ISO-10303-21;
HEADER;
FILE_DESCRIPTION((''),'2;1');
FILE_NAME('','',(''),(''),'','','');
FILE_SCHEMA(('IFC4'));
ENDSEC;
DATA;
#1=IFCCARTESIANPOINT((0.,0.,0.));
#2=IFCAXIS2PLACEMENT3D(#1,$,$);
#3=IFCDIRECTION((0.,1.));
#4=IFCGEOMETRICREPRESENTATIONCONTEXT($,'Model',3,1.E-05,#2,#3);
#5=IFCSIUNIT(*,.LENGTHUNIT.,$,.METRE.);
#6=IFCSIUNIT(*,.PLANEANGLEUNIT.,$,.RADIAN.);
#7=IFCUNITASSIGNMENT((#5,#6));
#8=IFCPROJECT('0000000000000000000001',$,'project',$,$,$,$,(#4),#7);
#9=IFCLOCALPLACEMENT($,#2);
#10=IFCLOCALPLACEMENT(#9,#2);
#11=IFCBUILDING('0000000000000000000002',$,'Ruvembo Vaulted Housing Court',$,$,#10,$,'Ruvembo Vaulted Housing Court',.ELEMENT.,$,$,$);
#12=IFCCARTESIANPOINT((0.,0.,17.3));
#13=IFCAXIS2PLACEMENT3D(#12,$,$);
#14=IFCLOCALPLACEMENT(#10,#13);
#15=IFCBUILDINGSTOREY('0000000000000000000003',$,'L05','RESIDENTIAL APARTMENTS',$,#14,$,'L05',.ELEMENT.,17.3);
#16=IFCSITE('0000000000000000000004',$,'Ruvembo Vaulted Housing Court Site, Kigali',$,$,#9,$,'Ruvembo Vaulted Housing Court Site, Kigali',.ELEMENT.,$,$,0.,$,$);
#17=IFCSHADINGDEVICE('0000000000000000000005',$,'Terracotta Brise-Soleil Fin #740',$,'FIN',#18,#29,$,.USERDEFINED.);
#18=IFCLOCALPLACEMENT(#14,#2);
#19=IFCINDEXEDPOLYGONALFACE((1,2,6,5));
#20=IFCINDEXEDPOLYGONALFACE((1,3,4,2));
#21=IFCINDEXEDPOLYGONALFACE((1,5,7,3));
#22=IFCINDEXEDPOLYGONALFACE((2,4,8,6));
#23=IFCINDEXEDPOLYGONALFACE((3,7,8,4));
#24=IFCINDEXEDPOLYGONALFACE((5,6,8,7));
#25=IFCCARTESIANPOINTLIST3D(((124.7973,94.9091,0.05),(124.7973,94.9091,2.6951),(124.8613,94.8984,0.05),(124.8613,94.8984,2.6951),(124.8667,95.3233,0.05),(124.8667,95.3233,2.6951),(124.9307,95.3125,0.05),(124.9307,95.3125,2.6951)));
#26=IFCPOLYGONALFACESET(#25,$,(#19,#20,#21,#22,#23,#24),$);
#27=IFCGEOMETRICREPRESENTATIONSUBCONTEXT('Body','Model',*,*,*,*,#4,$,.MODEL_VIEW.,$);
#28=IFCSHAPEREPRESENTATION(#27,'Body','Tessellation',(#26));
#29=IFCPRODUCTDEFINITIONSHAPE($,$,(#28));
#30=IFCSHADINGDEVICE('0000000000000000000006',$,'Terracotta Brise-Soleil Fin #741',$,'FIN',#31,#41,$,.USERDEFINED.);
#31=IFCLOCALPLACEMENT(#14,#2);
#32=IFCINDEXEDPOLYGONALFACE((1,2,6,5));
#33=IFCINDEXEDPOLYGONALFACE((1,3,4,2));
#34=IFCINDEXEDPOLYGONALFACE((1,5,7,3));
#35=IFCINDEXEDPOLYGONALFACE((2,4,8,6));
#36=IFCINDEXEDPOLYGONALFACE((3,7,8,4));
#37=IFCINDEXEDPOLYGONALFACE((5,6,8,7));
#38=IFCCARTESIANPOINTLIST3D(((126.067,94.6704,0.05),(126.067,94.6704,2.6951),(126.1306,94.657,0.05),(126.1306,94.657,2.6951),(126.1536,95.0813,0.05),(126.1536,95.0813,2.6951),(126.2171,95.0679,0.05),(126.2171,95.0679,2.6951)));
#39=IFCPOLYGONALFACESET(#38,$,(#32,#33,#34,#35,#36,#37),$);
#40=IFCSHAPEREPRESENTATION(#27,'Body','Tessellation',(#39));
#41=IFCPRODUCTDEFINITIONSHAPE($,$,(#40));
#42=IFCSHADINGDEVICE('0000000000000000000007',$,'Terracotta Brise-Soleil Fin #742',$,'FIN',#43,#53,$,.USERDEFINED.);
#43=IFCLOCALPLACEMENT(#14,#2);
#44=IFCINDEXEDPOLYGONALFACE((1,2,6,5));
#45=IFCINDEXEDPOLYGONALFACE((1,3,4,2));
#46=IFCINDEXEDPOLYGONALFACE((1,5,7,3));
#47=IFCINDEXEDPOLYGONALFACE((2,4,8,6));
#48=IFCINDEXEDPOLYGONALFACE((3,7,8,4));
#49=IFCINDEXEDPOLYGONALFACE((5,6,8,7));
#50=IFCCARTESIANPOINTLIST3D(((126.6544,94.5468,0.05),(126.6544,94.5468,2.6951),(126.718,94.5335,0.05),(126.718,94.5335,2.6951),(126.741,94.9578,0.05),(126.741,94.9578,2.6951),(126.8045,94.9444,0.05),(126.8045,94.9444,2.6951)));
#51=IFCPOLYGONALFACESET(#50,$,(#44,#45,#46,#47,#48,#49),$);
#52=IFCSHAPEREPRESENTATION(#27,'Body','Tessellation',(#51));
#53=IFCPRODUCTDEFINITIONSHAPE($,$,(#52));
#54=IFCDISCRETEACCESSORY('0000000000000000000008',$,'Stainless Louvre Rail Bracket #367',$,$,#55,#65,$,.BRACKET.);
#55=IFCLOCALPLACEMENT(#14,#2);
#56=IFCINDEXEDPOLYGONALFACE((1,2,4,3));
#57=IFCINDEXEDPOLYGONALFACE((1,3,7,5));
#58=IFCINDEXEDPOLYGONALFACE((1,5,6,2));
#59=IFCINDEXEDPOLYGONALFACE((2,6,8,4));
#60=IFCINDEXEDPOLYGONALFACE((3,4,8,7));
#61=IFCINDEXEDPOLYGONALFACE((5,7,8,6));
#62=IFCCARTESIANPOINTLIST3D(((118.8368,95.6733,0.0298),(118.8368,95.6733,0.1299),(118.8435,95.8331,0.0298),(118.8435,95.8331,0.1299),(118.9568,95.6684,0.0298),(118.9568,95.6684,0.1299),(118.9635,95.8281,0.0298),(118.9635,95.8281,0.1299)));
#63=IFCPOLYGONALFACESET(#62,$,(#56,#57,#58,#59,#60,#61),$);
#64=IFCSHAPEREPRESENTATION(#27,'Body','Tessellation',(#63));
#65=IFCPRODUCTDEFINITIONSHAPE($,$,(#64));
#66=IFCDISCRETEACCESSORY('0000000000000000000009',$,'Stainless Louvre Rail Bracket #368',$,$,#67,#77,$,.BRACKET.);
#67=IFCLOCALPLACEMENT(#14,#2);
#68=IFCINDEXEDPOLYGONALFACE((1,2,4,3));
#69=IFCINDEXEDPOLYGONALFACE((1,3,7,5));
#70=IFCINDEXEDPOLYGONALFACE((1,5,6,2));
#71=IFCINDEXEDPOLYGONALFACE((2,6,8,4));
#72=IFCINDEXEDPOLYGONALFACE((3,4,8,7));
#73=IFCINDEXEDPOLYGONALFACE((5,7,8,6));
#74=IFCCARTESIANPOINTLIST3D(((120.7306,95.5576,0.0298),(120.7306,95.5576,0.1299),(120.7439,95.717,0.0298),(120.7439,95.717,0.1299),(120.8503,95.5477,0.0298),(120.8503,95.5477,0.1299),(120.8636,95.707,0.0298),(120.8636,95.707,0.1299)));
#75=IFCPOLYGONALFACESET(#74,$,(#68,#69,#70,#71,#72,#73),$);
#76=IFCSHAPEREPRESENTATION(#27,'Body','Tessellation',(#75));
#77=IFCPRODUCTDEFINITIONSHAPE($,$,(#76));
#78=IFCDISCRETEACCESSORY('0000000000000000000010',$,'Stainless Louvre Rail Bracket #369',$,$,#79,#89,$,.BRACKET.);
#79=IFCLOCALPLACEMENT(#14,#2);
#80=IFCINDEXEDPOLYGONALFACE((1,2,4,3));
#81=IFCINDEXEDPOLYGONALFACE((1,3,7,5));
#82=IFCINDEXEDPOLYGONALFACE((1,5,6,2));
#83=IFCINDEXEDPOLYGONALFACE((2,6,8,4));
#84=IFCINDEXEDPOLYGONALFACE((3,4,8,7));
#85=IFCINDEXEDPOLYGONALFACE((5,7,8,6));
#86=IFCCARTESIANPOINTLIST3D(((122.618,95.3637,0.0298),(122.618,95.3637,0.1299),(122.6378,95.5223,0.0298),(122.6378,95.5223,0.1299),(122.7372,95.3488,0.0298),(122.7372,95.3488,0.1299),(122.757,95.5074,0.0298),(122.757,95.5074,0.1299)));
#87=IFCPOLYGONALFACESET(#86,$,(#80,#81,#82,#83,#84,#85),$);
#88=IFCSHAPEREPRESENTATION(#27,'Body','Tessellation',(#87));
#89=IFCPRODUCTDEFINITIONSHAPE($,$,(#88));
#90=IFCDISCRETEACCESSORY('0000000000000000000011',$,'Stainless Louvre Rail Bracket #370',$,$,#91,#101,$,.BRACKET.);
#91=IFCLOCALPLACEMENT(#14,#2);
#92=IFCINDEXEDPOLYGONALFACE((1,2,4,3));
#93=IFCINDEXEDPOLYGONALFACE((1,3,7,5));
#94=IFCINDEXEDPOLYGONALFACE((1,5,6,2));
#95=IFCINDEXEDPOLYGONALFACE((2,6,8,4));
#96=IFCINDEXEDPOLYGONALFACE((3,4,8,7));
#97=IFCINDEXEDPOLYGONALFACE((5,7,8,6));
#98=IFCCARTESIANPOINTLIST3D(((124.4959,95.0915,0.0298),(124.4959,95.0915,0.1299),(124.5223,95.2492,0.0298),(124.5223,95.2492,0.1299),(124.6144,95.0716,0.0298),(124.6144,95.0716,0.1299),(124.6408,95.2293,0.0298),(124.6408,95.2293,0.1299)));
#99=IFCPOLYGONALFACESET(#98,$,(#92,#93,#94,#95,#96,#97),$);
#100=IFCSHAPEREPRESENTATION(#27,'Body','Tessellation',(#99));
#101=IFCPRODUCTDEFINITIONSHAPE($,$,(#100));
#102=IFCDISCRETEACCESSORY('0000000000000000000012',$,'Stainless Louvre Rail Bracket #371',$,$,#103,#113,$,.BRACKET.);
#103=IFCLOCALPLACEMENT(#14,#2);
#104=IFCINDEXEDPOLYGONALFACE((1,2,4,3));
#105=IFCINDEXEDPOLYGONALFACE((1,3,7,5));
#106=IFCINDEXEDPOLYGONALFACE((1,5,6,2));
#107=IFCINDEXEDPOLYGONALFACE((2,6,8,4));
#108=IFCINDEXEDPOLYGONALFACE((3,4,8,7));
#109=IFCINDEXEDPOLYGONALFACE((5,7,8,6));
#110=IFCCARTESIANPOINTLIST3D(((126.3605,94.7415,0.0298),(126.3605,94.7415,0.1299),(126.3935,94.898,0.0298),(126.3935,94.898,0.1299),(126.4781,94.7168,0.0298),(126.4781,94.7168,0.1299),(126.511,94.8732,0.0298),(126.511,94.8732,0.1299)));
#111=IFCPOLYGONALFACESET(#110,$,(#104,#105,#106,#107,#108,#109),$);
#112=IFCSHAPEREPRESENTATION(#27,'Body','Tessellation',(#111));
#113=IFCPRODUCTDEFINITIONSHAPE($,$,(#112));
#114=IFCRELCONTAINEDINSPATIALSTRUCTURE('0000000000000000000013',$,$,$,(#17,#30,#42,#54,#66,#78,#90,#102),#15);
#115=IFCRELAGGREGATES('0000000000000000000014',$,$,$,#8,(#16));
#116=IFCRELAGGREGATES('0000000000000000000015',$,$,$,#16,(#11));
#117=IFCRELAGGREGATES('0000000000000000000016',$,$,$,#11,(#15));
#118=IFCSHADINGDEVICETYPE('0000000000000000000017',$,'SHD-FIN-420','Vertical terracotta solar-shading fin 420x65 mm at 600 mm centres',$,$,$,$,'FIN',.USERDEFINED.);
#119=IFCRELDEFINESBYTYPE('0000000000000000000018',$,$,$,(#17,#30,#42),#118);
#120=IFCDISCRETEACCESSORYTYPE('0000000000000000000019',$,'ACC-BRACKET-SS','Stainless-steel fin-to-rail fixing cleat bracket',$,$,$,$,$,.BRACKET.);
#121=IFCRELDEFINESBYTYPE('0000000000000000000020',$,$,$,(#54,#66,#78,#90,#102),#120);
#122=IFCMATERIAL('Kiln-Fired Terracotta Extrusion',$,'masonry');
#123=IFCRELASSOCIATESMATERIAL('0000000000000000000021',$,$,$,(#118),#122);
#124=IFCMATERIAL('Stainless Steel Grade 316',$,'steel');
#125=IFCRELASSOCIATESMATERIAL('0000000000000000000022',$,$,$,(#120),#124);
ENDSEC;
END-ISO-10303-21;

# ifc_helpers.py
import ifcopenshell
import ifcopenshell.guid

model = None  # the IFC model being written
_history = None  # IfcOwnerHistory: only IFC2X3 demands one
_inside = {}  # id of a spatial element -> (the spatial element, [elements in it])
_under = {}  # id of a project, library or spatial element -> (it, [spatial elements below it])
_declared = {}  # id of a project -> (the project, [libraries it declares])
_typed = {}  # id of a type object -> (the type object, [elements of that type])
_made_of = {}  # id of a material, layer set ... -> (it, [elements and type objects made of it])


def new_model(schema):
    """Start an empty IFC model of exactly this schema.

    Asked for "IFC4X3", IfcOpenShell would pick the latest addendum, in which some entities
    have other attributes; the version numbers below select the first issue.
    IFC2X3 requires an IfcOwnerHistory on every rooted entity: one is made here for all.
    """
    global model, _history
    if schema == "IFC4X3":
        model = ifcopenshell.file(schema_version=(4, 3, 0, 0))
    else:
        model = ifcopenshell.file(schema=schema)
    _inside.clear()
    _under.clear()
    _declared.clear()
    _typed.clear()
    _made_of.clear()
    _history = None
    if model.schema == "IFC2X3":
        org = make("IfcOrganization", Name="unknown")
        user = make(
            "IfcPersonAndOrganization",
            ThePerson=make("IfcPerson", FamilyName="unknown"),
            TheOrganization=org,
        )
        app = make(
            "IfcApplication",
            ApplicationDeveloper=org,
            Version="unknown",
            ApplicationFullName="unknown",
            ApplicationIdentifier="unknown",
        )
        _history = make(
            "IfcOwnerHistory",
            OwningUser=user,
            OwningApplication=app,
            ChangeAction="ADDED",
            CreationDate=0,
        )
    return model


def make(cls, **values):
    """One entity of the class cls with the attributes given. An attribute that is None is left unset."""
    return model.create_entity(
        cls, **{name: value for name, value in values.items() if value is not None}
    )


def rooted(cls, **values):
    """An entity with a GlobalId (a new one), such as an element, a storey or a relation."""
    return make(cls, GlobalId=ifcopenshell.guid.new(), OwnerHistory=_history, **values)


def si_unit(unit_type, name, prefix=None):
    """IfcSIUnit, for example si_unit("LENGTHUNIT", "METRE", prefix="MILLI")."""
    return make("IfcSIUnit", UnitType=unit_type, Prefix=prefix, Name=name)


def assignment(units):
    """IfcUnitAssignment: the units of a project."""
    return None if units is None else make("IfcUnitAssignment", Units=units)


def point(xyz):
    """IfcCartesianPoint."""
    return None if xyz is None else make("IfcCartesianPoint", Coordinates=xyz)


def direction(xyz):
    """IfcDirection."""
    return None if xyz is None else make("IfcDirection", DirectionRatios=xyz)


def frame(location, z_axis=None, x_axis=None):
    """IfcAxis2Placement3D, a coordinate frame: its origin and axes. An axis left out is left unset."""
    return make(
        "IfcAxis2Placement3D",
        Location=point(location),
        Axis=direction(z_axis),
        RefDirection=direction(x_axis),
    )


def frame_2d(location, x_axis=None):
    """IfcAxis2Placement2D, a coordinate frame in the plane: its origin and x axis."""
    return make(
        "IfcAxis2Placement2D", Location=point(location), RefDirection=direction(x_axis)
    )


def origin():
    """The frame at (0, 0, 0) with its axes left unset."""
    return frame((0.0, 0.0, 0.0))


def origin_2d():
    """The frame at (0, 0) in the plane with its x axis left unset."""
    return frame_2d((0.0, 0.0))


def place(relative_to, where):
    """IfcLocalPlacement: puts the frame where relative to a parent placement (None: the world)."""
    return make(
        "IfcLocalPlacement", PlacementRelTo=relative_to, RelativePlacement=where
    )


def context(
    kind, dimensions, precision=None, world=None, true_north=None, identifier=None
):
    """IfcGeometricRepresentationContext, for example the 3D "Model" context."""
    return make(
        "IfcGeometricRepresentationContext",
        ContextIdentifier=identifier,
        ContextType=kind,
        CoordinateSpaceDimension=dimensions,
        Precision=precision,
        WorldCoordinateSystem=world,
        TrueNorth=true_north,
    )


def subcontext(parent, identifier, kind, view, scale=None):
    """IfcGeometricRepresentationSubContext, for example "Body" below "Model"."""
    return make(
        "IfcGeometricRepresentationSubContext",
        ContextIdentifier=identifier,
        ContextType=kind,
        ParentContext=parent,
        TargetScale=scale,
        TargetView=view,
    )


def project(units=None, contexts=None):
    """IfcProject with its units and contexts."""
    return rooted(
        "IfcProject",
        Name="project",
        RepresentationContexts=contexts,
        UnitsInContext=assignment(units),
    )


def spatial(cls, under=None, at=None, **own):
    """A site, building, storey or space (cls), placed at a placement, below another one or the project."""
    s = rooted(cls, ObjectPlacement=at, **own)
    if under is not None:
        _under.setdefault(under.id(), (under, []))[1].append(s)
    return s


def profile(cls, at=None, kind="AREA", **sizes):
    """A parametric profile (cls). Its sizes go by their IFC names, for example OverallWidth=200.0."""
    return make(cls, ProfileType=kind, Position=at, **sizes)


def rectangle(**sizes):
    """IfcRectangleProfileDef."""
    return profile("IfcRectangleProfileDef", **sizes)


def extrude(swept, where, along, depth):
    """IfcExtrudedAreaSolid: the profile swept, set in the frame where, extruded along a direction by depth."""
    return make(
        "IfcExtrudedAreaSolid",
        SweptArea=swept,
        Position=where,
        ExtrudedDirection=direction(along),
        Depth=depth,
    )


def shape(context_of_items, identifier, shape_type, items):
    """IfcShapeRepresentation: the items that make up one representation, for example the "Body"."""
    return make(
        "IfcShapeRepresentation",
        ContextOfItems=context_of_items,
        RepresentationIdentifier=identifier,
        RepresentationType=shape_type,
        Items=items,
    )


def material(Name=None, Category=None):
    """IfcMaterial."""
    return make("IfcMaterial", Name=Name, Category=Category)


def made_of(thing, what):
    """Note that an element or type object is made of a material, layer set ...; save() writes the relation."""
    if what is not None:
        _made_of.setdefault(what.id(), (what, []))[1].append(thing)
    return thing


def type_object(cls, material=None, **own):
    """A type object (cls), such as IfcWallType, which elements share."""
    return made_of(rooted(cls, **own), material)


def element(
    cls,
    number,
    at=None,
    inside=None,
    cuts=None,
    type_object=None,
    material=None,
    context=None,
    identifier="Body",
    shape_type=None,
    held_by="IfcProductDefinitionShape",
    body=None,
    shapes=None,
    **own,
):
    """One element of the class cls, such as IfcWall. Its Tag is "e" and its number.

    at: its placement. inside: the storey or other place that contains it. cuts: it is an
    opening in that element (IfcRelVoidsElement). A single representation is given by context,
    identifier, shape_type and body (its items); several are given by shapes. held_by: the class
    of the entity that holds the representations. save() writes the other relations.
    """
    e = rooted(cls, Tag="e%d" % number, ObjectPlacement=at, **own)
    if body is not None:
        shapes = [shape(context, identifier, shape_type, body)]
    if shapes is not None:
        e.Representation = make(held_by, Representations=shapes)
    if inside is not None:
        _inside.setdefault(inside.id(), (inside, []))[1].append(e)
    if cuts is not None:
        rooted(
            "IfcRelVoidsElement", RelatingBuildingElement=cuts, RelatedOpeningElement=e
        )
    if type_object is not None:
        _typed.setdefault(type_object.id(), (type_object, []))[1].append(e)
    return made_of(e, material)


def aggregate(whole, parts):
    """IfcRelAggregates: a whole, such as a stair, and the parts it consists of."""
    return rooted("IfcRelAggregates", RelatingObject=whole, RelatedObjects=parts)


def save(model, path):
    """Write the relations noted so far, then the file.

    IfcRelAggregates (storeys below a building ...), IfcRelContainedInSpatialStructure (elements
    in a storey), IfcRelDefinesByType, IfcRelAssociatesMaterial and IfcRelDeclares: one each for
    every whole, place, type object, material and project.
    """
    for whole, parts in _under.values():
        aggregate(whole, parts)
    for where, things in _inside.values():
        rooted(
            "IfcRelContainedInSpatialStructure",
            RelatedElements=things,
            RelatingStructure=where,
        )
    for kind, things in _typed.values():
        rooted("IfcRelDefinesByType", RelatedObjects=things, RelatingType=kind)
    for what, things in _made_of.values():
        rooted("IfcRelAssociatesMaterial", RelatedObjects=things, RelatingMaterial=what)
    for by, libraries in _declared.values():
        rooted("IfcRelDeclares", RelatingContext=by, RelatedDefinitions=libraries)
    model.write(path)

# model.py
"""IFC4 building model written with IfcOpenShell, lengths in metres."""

from ifc_helpers import new_model, si_unit, direction, frame, origin, origin_2d, place, context, subcontext, project, spatial, rectangle, extrude, material, type_object, element, save


model = new_model("IFC4")

# Units and contexts
model_context = context("Model", 3, precision=1e-05, world=origin(), true_north=direction((0.0, 1.0)))
body_context = subcontext(model_context, "Body", "Model", "MODEL_VIEW")
ifc_project = project(units=[si_unit("LENGTHUNIT", "METRE"), si_unit("PLANEANGLEUNIT", "RADIAN")], contexts=[model_context])

# Site, building, storey
site_placement = place(None, origin())
site = spatial("IfcSite", under=ifc_project, at=site_placement, Name="Ruvembo Vaulted Housing Court Site, Kigali", LongName="Ruvembo Vaulted Housing Court Site, Kigali", CompositionType="ELEMENT", RefElevation=0.0)
building_placement = place(site_placement, origin())
building = spatial("IfcBuilding", under=site, at=building_placement, Name="Ruvembo Vaulted Housing Court", LongName="Ruvembo Vaulted Housing Court", CompositionType="ELEMENT")
storey_placement = place(building_placement, frame((0.0, 0.0, 17.3)))
storey = spatial("IfcBuildingStorey", under=building, at=storey_placement, Name="L05", Description="RESIDENTIAL APARTMENTS", LongName="L05", CompositionType="ELEMENT", Elevation=17.3)

# Shading devices
ifc_material_1 = material(Name="Kiln-Fired Terracotta Extrusion", Category="masonry")
shading_device_type = type_object("IfcShadingDeviceType", Name="SHD-FIN-420", Description="Vertical terracotta solar-shading fin 420x65 mm at 600 mm centres", ElementType="FIN", PredefinedType="USERDEFINED", material=ifc_material_1)
for number, where, z_axis, x_axis, name in (
    (1, (124.864, 95.1108, 0.05), (0.0, 0.0, 1.0), (-0.165271, -0.986248, 0.0), "Terracotta Brise-Soleil Fin #740"),
    (2, (126.1421, 94.8691, 0.05), (0.0, 0.0, 1.0), (-0.206102, -0.978531, 0.0), "Terracotta Brise-Soleil Fin #741"),
    (3, (126.7295, 94.7456, 0.05), (0.0, 0.0, 1.0), (-0.206102, -0.978531, 0.0), "Terracotta Brise-Soleil Fin #742"),
):
    element("IfcShadingDevice", number, at=place(storey_placement, frame(where, z_axis=z_axis, x_axis=x_axis)), inside=storey, type_object=shading_device_type, Name=name, ObjectType="FIN", PredefinedType="USERDEFINED", context=body_context, shape_type="SweptSolid", body=[
        extrude(rectangle(XDim=0.4199, YDim=0.0649, at=origin_2d()), origin(), (0.0, 0.0, 1.0), 2.645),
    ])

# Discrete accessories
ifc_material_2 = material(Name="Stainless Steel Grade 316", Category="steel")
discrete_accessory_type = type_object("IfcDiscreteAccessoryType", Name="ACC-BRACKET-SS", Description="Stainless-steel fin-to-rail fixing cleat bracket", PredefinedType="BRACKET", material=ifc_material_2)
for number, where, z_axis, x_axis, name in (
    (4, (118.9001, 95.7507, 0.0298), (0.0, 0.0, 1.0), (-0.041509, -0.999138, 0.0), "Stainless Louvre Rail Bracket #367"),
    (5, (120.7971, 95.6323, 0.0298), (0.0, 0.0, 1.0), (-0.082895, -0.996558, 0.0), "Stainless Louvre Rail Bracket #368"),
    (6, (122.6875, 95.4355, 0.0298), (0.0, 0.0, 1.0), (-0.12419, -0.992258, 0.0), "Stainless Louvre Rail Bracket #369"),
    (7, (124.5684, 95.1604, 0.0298), (0.0, 0.0, 1.0), (-0.165271, -0.986248, 0.0), "Stainless Louvre Rail Bracket #370"),
    (8, (126.4358, 94.8074, 0.0298), (0.0, 0.0, 1.0), (-0.206102, -0.978531, 0.0), "Stainless Louvre Rail Bracket #371"),
):
    element("IfcDiscreteAccessory", number, at=place(storey_placement, frame(where, z_axis=z_axis, x_axis=x_axis)), inside=storey, type_object=discrete_accessory_type, Name=name, PredefinedType="BRACKET", context=body_context, shape_type="SweptSolid", body=[
        extrude(rectangle(XDim=0.1599, YDim=0.1201, at=origin_2d()), origin(), (0.0, 0.0, 1.0), 0.1001),
    ])

save(model, "model.ifc")
